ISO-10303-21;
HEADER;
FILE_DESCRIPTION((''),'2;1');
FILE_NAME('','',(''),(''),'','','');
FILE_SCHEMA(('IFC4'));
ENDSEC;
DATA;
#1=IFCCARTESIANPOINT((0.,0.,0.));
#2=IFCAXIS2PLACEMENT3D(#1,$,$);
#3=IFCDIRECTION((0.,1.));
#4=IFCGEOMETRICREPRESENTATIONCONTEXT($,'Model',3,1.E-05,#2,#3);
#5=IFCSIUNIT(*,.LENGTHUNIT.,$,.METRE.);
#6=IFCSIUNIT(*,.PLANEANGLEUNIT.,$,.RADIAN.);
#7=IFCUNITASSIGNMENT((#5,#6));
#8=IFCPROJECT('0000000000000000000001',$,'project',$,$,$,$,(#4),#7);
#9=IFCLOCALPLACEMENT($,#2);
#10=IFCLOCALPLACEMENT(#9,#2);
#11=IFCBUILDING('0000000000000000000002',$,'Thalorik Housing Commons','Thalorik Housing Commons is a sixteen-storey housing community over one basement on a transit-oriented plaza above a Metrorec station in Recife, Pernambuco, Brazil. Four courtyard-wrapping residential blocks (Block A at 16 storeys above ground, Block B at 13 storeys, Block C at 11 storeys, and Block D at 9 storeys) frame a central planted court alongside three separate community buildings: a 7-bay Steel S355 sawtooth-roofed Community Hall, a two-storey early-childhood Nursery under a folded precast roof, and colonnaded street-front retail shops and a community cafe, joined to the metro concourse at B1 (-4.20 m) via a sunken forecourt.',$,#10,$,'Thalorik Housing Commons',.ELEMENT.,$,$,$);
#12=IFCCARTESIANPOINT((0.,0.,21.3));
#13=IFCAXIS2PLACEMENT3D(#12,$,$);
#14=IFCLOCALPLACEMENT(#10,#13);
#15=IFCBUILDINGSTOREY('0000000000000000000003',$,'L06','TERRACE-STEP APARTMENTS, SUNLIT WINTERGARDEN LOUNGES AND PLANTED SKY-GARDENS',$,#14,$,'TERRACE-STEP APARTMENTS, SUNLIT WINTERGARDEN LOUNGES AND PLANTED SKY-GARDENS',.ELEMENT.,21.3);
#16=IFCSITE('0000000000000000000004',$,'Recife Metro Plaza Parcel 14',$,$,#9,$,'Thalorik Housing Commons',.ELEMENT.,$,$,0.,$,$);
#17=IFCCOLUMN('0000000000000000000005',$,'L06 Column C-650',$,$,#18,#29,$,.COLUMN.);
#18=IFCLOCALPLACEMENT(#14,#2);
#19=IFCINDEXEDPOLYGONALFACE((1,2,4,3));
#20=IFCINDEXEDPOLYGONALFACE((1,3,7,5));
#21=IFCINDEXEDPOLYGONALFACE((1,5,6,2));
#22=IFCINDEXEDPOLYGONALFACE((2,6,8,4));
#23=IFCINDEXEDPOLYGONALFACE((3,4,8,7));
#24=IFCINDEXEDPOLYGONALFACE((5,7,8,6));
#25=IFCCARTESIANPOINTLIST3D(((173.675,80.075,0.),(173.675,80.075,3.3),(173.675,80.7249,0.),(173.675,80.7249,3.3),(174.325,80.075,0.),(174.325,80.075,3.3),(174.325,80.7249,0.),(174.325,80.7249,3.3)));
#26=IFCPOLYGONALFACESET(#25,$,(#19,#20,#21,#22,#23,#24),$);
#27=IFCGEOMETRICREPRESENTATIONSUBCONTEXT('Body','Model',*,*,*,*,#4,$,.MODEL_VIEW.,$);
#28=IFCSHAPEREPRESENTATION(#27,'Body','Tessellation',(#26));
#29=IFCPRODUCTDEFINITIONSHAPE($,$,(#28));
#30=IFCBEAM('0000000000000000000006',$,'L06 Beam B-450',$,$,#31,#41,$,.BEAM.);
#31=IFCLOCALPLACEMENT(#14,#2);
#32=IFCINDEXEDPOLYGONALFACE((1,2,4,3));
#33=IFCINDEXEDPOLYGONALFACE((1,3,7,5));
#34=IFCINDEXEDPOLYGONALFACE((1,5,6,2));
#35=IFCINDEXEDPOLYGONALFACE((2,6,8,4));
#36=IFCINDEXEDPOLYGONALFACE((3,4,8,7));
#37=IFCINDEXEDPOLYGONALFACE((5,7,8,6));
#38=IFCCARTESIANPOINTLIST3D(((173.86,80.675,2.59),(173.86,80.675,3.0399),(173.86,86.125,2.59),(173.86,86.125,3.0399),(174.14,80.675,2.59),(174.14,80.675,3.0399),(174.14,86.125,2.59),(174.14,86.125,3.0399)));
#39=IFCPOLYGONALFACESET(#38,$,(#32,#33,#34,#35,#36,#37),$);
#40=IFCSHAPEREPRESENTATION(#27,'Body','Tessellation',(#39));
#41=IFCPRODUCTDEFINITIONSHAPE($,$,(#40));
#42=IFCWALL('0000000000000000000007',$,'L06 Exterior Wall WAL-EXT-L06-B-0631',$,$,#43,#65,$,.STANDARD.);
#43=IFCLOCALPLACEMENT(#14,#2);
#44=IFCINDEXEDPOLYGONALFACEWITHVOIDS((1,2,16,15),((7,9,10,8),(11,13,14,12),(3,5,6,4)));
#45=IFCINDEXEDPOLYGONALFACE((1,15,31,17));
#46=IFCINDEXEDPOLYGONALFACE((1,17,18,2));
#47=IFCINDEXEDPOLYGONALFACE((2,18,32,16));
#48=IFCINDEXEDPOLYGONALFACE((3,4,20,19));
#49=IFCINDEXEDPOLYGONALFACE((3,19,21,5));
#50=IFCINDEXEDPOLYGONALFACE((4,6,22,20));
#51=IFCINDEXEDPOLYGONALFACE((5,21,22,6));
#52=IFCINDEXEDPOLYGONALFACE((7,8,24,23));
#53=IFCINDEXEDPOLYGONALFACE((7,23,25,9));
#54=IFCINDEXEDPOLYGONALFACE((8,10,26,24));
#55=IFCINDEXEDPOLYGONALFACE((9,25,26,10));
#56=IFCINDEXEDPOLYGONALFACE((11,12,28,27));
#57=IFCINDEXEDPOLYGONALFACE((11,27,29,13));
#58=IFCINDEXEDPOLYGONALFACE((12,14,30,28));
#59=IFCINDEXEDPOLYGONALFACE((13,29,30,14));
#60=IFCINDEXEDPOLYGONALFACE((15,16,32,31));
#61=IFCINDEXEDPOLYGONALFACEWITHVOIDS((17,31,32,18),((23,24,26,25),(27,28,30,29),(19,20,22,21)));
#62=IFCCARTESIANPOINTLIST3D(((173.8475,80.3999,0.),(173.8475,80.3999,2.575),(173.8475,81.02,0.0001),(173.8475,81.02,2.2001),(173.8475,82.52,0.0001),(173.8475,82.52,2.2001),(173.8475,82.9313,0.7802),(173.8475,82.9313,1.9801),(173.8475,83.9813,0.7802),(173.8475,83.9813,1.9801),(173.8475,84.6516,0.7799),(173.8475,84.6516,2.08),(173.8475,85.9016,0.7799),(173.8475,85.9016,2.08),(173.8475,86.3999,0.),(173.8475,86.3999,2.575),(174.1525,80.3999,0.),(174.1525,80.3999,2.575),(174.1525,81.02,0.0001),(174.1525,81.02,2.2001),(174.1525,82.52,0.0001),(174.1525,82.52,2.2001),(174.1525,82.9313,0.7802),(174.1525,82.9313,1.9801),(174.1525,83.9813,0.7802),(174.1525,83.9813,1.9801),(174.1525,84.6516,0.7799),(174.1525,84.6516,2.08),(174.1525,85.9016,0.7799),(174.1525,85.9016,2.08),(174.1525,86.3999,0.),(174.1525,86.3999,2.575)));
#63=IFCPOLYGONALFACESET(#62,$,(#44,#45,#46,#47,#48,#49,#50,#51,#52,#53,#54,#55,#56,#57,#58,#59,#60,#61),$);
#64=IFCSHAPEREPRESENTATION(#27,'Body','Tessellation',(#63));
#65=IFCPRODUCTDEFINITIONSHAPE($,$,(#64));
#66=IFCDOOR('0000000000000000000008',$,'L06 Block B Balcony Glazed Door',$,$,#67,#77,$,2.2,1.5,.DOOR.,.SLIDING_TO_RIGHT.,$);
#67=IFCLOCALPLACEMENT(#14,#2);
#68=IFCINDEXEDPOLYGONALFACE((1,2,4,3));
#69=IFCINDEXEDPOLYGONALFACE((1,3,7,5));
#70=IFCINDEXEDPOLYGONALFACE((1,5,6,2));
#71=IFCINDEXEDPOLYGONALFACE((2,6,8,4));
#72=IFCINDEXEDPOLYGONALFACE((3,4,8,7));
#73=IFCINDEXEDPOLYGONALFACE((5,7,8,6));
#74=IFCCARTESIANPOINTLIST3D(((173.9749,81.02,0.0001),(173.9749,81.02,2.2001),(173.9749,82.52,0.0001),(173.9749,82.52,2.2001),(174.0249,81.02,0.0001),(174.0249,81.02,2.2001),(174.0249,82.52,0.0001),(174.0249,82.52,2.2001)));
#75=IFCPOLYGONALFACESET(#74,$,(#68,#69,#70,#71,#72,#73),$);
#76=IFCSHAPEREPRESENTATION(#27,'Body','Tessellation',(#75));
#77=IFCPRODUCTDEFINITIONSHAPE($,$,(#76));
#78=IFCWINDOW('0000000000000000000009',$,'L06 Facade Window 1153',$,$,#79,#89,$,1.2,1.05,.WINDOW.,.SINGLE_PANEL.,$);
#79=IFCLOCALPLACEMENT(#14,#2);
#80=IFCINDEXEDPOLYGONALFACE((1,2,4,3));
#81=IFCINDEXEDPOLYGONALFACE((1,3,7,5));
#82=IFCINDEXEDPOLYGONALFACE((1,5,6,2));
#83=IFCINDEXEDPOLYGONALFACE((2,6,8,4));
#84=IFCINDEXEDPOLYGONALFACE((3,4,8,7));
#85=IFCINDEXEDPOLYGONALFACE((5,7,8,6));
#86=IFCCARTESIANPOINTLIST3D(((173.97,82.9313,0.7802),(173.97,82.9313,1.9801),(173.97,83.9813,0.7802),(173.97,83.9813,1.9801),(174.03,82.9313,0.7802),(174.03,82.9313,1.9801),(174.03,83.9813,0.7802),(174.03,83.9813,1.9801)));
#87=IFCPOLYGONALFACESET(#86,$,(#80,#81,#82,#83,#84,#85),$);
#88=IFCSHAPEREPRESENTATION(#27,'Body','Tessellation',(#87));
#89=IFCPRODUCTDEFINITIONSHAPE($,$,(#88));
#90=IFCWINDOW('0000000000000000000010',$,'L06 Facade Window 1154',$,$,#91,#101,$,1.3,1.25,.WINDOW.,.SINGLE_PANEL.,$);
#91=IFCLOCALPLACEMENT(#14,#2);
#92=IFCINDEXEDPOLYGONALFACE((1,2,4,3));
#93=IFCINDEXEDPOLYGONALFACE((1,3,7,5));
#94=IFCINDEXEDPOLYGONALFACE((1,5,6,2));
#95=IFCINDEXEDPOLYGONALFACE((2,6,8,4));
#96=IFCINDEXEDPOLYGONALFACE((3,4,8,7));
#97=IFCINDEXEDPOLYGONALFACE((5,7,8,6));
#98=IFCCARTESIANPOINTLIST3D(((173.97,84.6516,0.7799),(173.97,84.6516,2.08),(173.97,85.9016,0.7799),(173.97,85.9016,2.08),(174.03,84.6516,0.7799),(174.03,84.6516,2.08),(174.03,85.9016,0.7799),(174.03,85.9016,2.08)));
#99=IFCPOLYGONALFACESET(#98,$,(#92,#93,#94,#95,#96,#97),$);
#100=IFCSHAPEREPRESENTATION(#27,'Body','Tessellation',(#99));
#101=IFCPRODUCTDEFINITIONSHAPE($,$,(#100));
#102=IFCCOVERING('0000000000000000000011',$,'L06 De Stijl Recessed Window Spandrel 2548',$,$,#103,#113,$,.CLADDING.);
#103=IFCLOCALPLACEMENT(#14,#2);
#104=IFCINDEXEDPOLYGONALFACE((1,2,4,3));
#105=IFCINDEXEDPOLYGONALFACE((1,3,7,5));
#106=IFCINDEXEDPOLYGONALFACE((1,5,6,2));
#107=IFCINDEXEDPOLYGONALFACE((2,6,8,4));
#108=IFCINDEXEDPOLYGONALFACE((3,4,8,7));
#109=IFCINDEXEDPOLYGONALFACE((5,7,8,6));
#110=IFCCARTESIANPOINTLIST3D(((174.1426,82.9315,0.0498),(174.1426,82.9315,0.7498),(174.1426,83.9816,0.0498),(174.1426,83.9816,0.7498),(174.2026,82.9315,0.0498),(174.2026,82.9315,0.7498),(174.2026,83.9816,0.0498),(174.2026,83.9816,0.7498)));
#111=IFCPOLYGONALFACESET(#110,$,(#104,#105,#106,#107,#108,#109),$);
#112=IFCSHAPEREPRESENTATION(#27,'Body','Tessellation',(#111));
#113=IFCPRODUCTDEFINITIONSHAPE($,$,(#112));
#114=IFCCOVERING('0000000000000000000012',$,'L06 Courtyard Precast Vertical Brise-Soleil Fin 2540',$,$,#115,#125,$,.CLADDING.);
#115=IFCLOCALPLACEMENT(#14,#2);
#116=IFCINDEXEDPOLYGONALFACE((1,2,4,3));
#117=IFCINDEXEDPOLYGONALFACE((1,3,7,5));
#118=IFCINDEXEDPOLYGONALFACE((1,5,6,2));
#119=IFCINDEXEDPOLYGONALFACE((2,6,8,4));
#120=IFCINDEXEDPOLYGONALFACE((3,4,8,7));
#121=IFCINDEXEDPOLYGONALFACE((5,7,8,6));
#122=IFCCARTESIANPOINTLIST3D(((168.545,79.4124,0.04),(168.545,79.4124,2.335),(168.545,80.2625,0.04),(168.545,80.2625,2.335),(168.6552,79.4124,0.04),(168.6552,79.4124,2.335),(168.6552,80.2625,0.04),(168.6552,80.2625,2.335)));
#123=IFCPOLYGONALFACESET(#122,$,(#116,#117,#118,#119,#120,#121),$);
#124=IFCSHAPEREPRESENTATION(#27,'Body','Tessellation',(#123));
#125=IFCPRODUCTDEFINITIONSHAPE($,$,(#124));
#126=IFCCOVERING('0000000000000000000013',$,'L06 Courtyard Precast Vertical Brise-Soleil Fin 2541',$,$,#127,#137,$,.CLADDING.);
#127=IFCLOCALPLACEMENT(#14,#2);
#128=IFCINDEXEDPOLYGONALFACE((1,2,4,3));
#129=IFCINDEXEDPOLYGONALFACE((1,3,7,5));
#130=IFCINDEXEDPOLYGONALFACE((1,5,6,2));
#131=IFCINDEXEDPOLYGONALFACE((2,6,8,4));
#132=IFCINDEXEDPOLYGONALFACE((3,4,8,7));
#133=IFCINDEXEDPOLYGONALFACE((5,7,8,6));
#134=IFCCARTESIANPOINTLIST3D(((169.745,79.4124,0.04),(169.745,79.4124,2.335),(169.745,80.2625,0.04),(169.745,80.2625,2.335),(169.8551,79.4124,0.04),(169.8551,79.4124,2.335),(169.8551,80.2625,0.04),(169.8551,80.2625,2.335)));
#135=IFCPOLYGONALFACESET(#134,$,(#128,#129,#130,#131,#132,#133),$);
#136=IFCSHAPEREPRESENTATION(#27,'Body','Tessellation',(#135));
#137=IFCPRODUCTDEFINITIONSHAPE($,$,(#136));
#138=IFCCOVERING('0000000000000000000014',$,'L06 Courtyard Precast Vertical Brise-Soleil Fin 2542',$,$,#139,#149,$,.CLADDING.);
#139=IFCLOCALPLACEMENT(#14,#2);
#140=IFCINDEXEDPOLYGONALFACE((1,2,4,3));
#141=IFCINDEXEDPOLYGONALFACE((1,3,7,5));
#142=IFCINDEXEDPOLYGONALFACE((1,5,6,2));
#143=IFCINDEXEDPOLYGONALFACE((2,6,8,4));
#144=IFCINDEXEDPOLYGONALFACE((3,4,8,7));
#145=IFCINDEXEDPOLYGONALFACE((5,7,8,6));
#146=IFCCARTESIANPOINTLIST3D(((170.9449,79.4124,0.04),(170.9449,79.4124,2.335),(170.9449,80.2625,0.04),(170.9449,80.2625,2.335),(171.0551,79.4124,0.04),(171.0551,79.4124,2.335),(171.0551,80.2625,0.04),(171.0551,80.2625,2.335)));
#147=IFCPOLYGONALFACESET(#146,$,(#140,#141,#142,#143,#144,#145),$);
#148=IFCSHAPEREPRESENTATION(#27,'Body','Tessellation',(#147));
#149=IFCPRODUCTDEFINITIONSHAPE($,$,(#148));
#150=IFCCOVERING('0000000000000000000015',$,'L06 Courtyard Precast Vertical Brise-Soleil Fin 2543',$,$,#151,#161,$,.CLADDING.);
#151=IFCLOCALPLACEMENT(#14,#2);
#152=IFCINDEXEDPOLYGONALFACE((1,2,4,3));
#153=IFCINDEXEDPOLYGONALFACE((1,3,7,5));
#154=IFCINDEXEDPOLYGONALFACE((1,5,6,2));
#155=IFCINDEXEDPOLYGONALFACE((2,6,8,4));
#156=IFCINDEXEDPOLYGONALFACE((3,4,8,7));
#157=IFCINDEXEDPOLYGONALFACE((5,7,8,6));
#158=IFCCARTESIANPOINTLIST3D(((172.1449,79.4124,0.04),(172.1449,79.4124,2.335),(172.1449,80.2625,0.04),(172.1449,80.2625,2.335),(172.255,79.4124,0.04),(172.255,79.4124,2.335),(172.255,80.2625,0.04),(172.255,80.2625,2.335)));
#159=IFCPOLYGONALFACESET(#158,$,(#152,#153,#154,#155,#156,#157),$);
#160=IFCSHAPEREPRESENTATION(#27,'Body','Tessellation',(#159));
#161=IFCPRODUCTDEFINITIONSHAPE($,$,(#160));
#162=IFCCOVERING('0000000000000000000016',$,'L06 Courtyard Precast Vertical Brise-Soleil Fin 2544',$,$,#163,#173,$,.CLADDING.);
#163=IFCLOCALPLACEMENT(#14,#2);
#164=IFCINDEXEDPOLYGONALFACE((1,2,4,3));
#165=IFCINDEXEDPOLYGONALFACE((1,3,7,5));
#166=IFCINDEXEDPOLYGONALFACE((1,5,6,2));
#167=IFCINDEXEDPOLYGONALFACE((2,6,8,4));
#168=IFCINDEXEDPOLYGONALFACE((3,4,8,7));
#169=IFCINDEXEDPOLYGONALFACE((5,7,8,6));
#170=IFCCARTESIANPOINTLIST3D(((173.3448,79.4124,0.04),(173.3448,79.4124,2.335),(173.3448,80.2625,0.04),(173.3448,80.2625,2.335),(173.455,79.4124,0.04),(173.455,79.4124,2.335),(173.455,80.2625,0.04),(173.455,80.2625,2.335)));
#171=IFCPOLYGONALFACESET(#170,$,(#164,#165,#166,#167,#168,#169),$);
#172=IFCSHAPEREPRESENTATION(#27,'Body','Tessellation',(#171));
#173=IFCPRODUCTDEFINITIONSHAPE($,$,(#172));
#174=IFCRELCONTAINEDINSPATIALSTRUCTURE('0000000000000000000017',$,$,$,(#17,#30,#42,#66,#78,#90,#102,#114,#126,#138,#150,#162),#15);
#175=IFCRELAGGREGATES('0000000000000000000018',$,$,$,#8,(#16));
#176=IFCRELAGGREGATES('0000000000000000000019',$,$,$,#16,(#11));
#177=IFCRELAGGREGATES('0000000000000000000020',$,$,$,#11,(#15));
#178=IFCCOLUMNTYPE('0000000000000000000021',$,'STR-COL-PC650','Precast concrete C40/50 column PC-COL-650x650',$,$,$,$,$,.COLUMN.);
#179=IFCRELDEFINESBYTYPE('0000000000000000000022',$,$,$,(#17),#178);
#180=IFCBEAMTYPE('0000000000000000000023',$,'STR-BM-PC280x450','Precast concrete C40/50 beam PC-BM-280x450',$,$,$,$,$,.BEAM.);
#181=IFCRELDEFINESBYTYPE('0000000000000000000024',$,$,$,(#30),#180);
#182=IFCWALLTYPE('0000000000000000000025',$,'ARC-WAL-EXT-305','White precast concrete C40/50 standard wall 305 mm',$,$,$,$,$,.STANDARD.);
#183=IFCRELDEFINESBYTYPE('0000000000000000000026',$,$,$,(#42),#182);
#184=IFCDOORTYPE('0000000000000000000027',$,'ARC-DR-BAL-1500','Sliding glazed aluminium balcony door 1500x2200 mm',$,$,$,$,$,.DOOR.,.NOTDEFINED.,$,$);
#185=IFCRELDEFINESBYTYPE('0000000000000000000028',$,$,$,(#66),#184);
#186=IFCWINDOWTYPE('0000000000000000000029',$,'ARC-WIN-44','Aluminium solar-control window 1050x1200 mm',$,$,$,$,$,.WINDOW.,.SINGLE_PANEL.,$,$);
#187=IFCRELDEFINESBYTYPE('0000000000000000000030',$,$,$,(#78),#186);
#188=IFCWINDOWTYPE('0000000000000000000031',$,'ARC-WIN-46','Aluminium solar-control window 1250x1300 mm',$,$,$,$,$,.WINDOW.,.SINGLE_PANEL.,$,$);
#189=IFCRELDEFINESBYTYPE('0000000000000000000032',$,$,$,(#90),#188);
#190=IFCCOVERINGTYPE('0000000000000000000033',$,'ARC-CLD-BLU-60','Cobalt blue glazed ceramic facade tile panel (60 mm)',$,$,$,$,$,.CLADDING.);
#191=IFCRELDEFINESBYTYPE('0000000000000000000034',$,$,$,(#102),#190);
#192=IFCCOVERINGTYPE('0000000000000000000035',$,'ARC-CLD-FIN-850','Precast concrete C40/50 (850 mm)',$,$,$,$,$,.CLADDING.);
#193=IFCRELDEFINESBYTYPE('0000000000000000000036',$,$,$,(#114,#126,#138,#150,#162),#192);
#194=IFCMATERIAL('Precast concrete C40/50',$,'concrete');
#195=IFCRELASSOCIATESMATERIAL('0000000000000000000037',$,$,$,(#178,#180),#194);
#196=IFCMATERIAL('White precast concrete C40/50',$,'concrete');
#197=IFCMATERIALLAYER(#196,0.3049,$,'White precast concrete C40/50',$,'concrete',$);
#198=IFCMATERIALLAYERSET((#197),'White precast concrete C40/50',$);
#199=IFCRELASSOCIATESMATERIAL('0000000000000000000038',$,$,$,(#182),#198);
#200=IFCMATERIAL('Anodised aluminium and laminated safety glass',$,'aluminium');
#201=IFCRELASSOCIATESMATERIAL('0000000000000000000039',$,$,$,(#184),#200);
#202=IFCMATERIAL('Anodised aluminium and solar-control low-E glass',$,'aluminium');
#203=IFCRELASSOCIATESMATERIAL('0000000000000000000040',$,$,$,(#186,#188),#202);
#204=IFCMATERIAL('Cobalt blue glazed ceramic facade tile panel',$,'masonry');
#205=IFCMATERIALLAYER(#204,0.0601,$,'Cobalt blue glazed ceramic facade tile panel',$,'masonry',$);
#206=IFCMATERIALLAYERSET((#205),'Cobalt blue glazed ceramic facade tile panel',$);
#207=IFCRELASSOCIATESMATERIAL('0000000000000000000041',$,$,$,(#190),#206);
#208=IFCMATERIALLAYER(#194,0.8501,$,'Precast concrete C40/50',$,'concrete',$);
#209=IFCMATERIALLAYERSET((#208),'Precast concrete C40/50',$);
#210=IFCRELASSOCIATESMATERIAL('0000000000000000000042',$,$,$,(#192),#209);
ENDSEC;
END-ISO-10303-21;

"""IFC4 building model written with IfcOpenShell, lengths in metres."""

from ifc_helpers import new_model, si_unit, direction, frame, frame_2d, origin, origin_2d, place, context, subcontext, project, spatial, rectangle, extrude, material, layer, layer_set, material_profile, profile_set, type_object, element, fill, save


model = new_model("IFC4")

# Units and contexts
model_context = context("Model", 3, precision=1e-05, world=origin(), true_north=direction((0.0, 1.0)))
body_context = subcontext(model_context, "Body", "Model", "MODEL_VIEW")
ifc_project = project(units=[si_unit("LENGTHUNIT", "METRE"), si_unit("PLANEANGLEUNIT", "RADIAN")], contexts=[model_context])

# Site, building, storey
site_placement = place(None, origin())
site = spatial("IfcSite", under=ifc_project, at=site_placement, Name="Recife Metro Plaza Parcel 14", LongName="Thalorik Housing Commons", CompositionType="ELEMENT", RefElevation=0.0)
building_placement = place(site_placement, origin())
building = spatial("IfcBuilding", under=site, at=building_placement, Name="Thalorik Housing Commons", Description="Thalorik Housing Commons is a sixteen-storey housing community over one basement on a transit-oriented plaza above a Metrorec station in Recife, Pernambuco, Brazil. Four courtyard-wrapping residential blocks (Block A at 16 storeys above ground, Block B at 13 storeys, Block C at 11 storeys, and Block D at 9 storeys) frame a central planted court alongside three separate community buildings: a 7-bay Steel S355 sawtooth-roofed Community Hall, a two-storey early-childhood Nursery under a folded precast roof, and colonnaded street-front retail shops and a community cafe, joined to the metro concourse at B1 (-4.20 m) via a sunken forecourt.", LongName="Thalorik Housing Commons", CompositionType="ELEMENT")
storey_placement = place(building_placement, frame((0.0, 0.0, 21.3)))
storey = spatial("IfcBuildingStorey", under=building, at=storey_placement, Name="L06", Description="TERRACE-STEP APARTMENTS, SUNLIT WINTERGARDEN LOUNGES AND PLANTED SKY-GARDENS", LongName="TERRACE-STEP APARTMENTS, SUNLIT WINTERGARDEN LOUNGES AND PLANTED SKY-GARDENS", CompositionType="ELEMENT", Elevation=21.3)

# Column
ifc_material_1 = material(Name="Precast concrete C40/50", Category="concrete")
ifc_material_profile_1 = material_profile(ifc_material_1, rectangle(XDim=0.6499, YDim=0.6499, at=origin_2d()), Name="PC 650x650", Category="concrete")
ifc_profile_set_1 = profile_set([ifc_material_profile_1], Name="Precast concrete C40/50")
column_type = type_object("IfcColumnType", Name="STR-COL-PC650", Description="Precast concrete C40/50 column PC-COL-650x650", PredefinedType="COLUMN", material=ifc_profile_set_1)
column_placement = place(storey_placement, frame((174.0, 80.3999, 0.0), z_axis=(0.0, 0.0, 1.0), x_axis=(1.0, 0.0, 0.0)))
element("IfcColumn", 1, at=column_placement, inside=storey, type_object=column_type, Name="L06 Column C-650", PredefinedType="COLUMN", context=body_context, shape_type="SweptSolid", body=[
    extrude(rectangle(XDim=0.6499, YDim=0.6499, at=origin_2d()), origin(), (0.0, 0.0, 1.0), 3.3),
])

# Beam
ifc_material_profile_2 = material_profile(ifc_material_1, rectangle(XDim=0.28, YDim=0.45, at=origin_2d()), Name="PC 280x450", Category="concrete")
ifc_profile_set_2 = profile_set([ifc_material_profile_2], Name="Precast concrete C40/50")
beam_type = type_object("IfcBeamType", Name="STR-BM-PC280x450", Description="Precast concrete C40/50 beam PC-BM-280x450", PredefinedType="BEAM", material=ifc_profile_set_2)
beam_placement = place(storey_placement, frame((174.0, 80.675, 2.8149), z_axis=(0.0, 1.0, 0.0), x_axis=(-1.0, 0.0, 0.0)))
element("IfcBeam", 2, at=beam_placement, inside=storey, type_object=beam_type, Name="L06 Beam B-450", PredefinedType="BEAM", context=body_context, shape_type="SweptSolid", body=[
    extrude(rectangle(XDim=0.28, YDim=0.45, at=origin_2d()), origin(), (0.0, 0.0, 1.0), 5.45),
])

# Wall, openings, door, windows
ifc_material_2 = material(Name="White precast concrete C40/50", Category="concrete")
ifc_layer_1 = layer(ifc_material_2, 0.3049, Name="White precast concrete C40/50", Category="concrete")
ifc_layer_set_1 = layer_set([ifc_layer_1], Name="White precast concrete C40/50")
wall_type = type_object("IfcWallType", Name="ARC-WAL-EXT-305", Description="White precast concrete C40/50 standard wall 305 mm", PredefinedType="STANDARD", material=ifc_layer_set_1)
wall_placement = place(storey_placement, frame((174.0, 80.3999, 0.0), z_axis=(0.0, 0.0, 1.0), x_axis=(0.0, 1.0, 0.0)))
wall = element("IfcWall", 3, at=wall_placement, inside=storey, type_object=wall_type, Name="L06 Exterior Wall WAL-EXT-L06-B-0631", PredefinedType="STANDARD", context=body_context, shape_type="SweptSolid", body=[
    extrude(rectangle(XDim=6.0, YDim=0.3049, at=frame_2d((3.0, 0.0))), origin(), (0.0, 0.0, 1.0), 2.575),
])
opening_1_placement = place(wall_placement, frame((0.6201, 0.0, 0.0)))
opening_1 = element("IfcOpeningElement", 4, at=opening_1_placement, cuts=wall, PredefinedType="OPENING", context=body_context, shape_type="SweptSolid", body=[
    extrude(rectangle(XDim=1.5, YDim=2.2, at=frame_2d((0.75, 1.1001))), frame((0.0, 0.1626, 0.0), z_axis=(0.0, -1.0, 0.0), x_axis=(1.0, 0.0, 0.0)), (0.0, 0.0, 1.0), 0.325),
])
opening_2_placement = place(wall_placement, frame((2.5315, 0.0, 0.78)))
opening_2 = element("IfcOpeningElement", 5, at=opening_2_placement, cuts=wall, PredefinedType="OPENING", context=body_context, shape_type="SweptSolid", body=[
    extrude(rectangle(XDim=1.05, YDim=1.2, at=frame_2d((0.5249, 0.6001))), frame((0.0, 0.1626, 0.0), z_axis=(0.0, -1.0, 0.0), x_axis=(1.0, 0.0, 0.0)), (0.0, 0.0, 1.0), 0.325),
])
opening_3_placement = place(wall_placement, frame((4.2517, 0.0, 0.78)))
opening_3 = element("IfcOpeningElement", 6, at=opening_3_placement, cuts=wall, PredefinedType="OPENING", context=body_context, shape_type="SweptSolid", body=[
    extrude(rectangle(XDim=1.25, YDim=1.3, at=frame_2d((0.625, 0.6499))), frame((0.0, 0.1626, 0.0), z_axis=(0.0, -1.0, 0.0), x_axis=(1.0, 0.0, 0.0)), (0.0, 0.0, 1.0), 0.325),
])
ifc_material_3 = material(Name="Anodised aluminium and laminated safety glass", Category="aluminium")
door_type = type_object("IfcDoorType", Name="ARC-DR-BAL-1500", Description="Sliding glazed aluminium balcony door 1500x2200 mm", OperationType="NOTDEFINED", PredefinedType="DOOR", material=ifc_material_3)
door_placement = place(opening_1_placement, frame((1.5, 0.0, 0.0), z_axis=(0.0, 0.0, 1.0), x_axis=(-1.0, 0.0, 0.0)))
door = element("IfcDoor", 7, at=door_placement, inside=storey, type_object=door_type, Name="L06 Block B Balcony Glazed Door", OperationType="SLIDING_TO_RIGHT", OverallHeight=2.2, OverallWidth=1.5, PredefinedType="DOOR", context=body_context, shape_type="SweptSolid", body=[
    extrude(rectangle(XDim=1.5, YDim=2.2, at=frame_2d((0.75, 1.1001))), frame((0.0, 0.0249, 0.0), z_axis=(0.0, -1.0, 0.0), x_axis=(1.0, 0.0, 0.0)), (0.0, 0.0, 1.0), 0.05),
])
fill(opening_1, door)
ifc_material_4 = material(Name="Anodised aluminium and solar-control low-E glass", Category="aluminium")
window_type_1 = type_object("IfcWindowType", Name="ARC-WIN-44", Description="Aluminium solar-control window 1050x1200 mm", PartitioningType="SINGLE_PANEL", PredefinedType="WINDOW", material=ifc_material_4)
window_1_placement = place(opening_2_placement, origin())
window_1 = element("IfcWindow", 8, at=window_1_placement, inside=storey, type_object=window_type_1, Name="L06 Facade Window 1153", OverallHeight=1.2, OverallWidth=1.05, PartitioningType="SINGLE_PANEL", PredefinedType="WINDOW", context=body_context, shape_type="SweptSolid", body=[
    extrude(rectangle(XDim=1.05, YDim=1.2, at=frame_2d((0.5249, 0.6001))), frame((0.0, 0.03, 0.0), z_axis=(0.0, -1.0, 0.0), x_axis=(1.0, 0.0, 0.0)), (0.0, 0.0, 1.0), 0.0601),
])
fill(opening_2, window_1)
window_type_2 = type_object("IfcWindowType", Name="ARC-WIN-46", Description="Aluminium solar-control window 1250x1300 mm", PartitioningType="SINGLE_PANEL", PredefinedType="WINDOW", material=ifc_material_4)
window_2_placement = place(opening_3_placement, origin())
window_2 = element("IfcWindow", 9, at=window_2_placement, inside=storey, type_object=window_type_2, Name="L06 Facade Window 1154", OverallHeight=1.3, OverallWidth=1.25, PartitioningType="SINGLE_PANEL", PredefinedType="WINDOW", context=body_context, shape_type="SweptSolid", body=[
    extrude(rectangle(XDim=1.25, YDim=1.3, at=frame_2d((0.625, 0.6499))), frame((0.0, 0.03, 0.0), z_axis=(0.0, -1.0, 0.0), x_axis=(1.0, 0.0, 0.0)), (0.0, 0.0, 1.0), 0.0601),
])
fill(opening_3, window_2)

# Coverings
ifc_material_5 = material(Name="Cobalt blue glazed ceramic facade tile panel", Category="masonry")
ifc_layer_2 = layer(ifc_material_5, 0.0601, Name="Cobalt blue glazed ceramic facade tile panel", Category="masonry")
ifc_layer_set_2 = layer_set([ifc_layer_2], Name="Cobalt blue glazed ceramic facade tile panel")
covering_type_1 = type_object("IfcCoveringType", Name="ARC-CLD-BLU-60", Description="Cobalt blue glazed ceramic facade tile panel (60 mm)", PredefinedType="CLADDING", material=ifc_layer_set_2)
covering_1_placement = place(storey_placement, frame((174.1726, 83.4565, 0.0498), z_axis=(0.0, 0.0, 1.0), x_axis=(0.0, 1.0, 0.0)))
element("IfcCovering", 10, at=covering_1_placement, inside=storey, type_object=covering_type_1, Name="L06 De Stijl Recessed Window Spandrel 2548", PredefinedType="CLADDING", context=body_context, shape_type="SweptSolid", body=[
    extrude(rectangle(XDim=1.05, YDim=0.0601, at=origin_2d()), origin(), (0.0, 0.0, 1.0), 0.7),
])
ifc_layer_3 = layer(ifc_material_1, 0.8501, Name="Precast concrete C40/50", Category="concrete")
ifc_layer_set_3 = layer_set([ifc_layer_3], Name="Precast concrete C40/50")
covering_type_2 = type_object("IfcCoveringType", Name="ARC-CLD-FIN-850", Description="Precast concrete C40/50 (850 mm)", PredefinedType="CLADDING", material=ifc_layer_set_3)
for number, where, z_axis, x_axis, name in (
    (11, (168.6001, 79.8374, 0.04), (0.0, 0.0, 1.0), (1.0, 0.0, 0.0), "L06 Courtyard Precast Vertical Brise-Soleil Fin 2540"),
    (12, (169.8, 79.8374, 0.04), (0.0, 0.0, 1.0), (1.0, 0.0, 0.0), "L06 Courtyard Precast Vertical Brise-Soleil Fin 2541"),
    (13, (171.0, 79.8374, 0.04), (0.0, 0.0, 1.0), (1.0, 0.0, 0.0), "L06 Courtyard Precast Vertical Brise-Soleil Fin 2542"),
    (14, (172.2, 79.8374, 0.04), (0.0, 0.0, 1.0), (1.0, 0.0, 0.0), "L06 Courtyard Precast Vertical Brise-Soleil Fin 2543"),
    (15, (173.3999, 79.8374, 0.04), (0.0, 0.0, 1.0), (1.0, 0.0, 0.0), "L06 Courtyard Precast Vertical Brise-Soleil Fin 2544"),
):
    element("IfcCovering", number, at=place(storey_placement, frame(where, z_axis=z_axis, x_axis=x_axis)), inside=storey, type_object=covering_type_2, Name=name, PredefinedType="CLADDING", context=body_context, shape_type="SweptSolid", body=[
        extrude(rectangle(XDim=0.1101, YDim=0.8501, at=origin_2d()), origin(), (0.0, 0.0, 1.0), 2.2949),
    ])

save(model, "model.ifc")
